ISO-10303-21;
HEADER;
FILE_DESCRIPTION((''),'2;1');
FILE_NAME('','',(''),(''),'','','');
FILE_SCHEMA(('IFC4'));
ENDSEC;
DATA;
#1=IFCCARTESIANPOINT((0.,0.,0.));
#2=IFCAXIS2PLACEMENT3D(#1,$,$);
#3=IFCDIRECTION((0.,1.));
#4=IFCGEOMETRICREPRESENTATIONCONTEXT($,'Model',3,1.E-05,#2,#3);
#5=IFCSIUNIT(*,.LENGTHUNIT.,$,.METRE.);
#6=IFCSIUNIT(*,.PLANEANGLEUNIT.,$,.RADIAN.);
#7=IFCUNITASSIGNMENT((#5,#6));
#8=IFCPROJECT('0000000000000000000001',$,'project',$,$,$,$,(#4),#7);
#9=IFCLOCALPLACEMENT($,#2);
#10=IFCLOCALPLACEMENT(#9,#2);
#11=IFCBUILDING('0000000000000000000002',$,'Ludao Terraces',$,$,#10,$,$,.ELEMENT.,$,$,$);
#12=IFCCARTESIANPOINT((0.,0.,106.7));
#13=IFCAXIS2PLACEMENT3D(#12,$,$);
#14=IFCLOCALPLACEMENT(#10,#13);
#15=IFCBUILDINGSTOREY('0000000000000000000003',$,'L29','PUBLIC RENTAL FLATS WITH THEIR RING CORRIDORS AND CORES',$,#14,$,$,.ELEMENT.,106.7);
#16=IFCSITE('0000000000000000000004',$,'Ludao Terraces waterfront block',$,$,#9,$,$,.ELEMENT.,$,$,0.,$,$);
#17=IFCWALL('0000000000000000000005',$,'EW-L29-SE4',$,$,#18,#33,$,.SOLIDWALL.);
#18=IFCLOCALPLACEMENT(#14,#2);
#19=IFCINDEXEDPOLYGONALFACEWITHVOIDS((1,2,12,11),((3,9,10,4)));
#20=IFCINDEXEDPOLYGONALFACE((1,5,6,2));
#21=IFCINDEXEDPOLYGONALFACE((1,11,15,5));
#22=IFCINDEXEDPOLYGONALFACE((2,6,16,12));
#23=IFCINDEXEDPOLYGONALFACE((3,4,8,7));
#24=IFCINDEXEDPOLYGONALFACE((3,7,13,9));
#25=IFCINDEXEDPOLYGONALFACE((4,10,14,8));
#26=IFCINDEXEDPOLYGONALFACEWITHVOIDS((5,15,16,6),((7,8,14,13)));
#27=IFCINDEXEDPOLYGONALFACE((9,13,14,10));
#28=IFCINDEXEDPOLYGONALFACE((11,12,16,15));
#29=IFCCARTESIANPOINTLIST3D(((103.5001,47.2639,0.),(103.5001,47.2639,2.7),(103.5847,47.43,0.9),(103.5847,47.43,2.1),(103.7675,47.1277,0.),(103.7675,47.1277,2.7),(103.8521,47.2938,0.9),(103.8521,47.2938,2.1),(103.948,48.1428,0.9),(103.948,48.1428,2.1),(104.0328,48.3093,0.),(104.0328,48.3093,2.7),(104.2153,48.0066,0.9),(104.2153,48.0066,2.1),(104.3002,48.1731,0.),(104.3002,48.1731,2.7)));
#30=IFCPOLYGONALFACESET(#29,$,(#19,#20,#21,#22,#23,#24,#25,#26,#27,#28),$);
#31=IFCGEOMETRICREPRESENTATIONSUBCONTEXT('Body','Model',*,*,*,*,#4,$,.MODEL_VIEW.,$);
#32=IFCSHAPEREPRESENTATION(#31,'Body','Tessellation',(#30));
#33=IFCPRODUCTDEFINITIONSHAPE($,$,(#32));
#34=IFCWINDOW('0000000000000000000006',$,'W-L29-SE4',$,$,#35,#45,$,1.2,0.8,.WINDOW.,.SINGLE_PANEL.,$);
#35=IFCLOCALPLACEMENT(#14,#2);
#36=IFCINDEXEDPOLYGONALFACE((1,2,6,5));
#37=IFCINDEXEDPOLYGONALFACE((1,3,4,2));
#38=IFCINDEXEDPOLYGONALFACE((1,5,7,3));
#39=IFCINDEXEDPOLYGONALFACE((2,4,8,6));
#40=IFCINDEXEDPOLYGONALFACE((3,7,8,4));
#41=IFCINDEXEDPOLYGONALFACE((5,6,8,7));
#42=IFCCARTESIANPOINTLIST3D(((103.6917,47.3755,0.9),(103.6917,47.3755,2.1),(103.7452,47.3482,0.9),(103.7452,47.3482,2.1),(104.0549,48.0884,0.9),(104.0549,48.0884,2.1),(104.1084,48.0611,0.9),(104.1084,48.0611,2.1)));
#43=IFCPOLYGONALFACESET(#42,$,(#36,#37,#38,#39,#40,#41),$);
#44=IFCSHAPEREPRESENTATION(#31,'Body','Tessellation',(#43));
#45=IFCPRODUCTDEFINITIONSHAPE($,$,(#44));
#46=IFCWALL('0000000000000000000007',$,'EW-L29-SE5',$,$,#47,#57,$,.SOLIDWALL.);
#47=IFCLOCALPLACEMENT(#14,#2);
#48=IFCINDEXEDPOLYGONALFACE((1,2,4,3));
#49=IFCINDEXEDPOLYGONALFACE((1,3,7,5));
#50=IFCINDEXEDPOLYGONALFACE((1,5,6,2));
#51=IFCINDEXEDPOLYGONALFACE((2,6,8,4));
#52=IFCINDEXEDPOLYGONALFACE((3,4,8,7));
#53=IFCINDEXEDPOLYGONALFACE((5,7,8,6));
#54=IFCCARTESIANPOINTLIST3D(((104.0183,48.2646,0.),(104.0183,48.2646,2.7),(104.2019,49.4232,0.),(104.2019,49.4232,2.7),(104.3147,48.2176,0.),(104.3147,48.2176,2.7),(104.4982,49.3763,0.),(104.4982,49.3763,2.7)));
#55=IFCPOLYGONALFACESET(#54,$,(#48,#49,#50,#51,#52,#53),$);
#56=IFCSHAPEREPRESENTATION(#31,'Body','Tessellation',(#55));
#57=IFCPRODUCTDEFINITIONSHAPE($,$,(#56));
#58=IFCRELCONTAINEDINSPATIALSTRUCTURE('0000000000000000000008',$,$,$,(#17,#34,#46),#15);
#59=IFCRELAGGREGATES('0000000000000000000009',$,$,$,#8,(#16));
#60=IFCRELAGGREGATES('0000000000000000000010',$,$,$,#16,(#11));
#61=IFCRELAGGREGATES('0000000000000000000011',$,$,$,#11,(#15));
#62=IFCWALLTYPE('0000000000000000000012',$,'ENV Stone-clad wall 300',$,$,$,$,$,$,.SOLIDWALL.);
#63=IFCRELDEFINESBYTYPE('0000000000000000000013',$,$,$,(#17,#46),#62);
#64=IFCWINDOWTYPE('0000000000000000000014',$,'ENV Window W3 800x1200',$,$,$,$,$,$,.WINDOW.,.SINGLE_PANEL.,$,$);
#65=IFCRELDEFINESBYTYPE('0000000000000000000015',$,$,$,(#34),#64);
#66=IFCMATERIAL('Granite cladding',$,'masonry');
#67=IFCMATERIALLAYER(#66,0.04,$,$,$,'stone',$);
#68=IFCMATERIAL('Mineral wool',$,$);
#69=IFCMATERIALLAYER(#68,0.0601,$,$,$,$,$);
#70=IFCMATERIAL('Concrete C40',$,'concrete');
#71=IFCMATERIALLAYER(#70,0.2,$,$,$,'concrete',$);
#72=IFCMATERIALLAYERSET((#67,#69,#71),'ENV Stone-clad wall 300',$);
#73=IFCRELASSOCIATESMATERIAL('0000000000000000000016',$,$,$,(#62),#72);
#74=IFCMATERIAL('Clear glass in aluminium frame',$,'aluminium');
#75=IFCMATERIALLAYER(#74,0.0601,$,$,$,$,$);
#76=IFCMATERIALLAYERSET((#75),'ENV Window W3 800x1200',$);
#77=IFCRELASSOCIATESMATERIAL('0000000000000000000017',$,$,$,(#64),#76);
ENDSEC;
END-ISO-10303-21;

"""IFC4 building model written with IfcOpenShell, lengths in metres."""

from ifc_helpers import new_model, si_unit, direction, frame, frame_2d, origin, place, context, subcontext, project, spatial, rectangle, extrude, material, layer, layer_set, type_object, element, fill, save


model = new_model("IFC4")

# Units and contexts
model_context = context("Model", 3, precision=1e-05, world=origin(), true_north=direction((0.0, 1.0)))
body_context = subcontext(model_context, "Body", "Model", "MODEL_VIEW")
ifc_project = project(units=[si_unit("LENGTHUNIT", "METRE"), si_unit("PLANEANGLEUNIT", "RADIAN")], contexts=[model_context])

# Site, building, storey
site_placement = place(None, origin())
site = spatial("IfcSite", under=ifc_project, at=site_placement, Name="Ludao Terraces waterfront block", CompositionType="ELEMENT", RefElevation=0.0)
building_placement = place(site_placement, origin())
building = spatial("IfcBuilding", under=site, at=building_placement, Name="Ludao Terraces", CompositionType="ELEMENT")
storey_placement = place(building_placement, frame((0.0, 0.0, 106.7)))
storey = spatial("IfcBuildingStorey", under=building, at=storey_placement, Name="L29", Description="PUBLIC RENTAL FLATS WITH THEIR RING CORRIDORS AND CORES", CompositionType="ELEMENT", Elevation=106.7)

# Shared definitions
ifc_material_1 = material(Name="Concrete C40", Category="concrete")

# Wall, opening, window
ifc_material_2 = material(Name="Granite cladding", Category="masonry")
ifc_layer_1 = layer(ifc_material_2, 0.04, Category="stone")
ifc_material_3 = material(Name="Mineral wool")
ifc_layer_2 = layer(ifc_material_3, 0.0601)
ifc_layer_3 = layer(ifc_material_1, 0.2, Category="concrete")
ifc_layer_set_1 = layer_set([ifc_layer_1, ifc_layer_2, ifc_layer_3], Name="ENV Stone-clad wall 300")
wall_type_1 = type_object("IfcWallType", Name="ENV Stone-clad wall 300", PredefinedType="SOLIDWALL", material=ifc_layer_set_1)
ifc_material_4 = material(Name="Clear glass in aluminium frame", Category="aluminium")
ifc_layer_4 = layer(ifc_material_4, 0.0601)
ifc_layer_set_2 = layer_set([ifc_layer_4], Name="ENV Window W3 800x1200")
window_type_1 = type_object("IfcWindowType", Name="ENV Window W3 800x1200", PartitioningType="SINGLE_PANEL", PredefinedType="WINDOW", material=ifc_layer_set_2)
wall_1_placement = place(storey_placement, frame((103.6338, 47.1958, 0.0), z_axis=(0.0, 0.0, 1.0), x_axis=(0.454026, 0.890989, 0.0)))
wall_1 = element("IfcWall", 1, at=wall_1_placement, inside=storey, type_object=wall_type_1, Name="EW-L29-SE4", PredefinedType="SOLIDWALL", context=body_context, shape_type="SweptSolid", body=[
    extrude(rectangle(XDim=1.1733, YDim=0.3, at=frame_2d((0.5867, 0.0))), origin(), (0.0, 0.0, 1.0), 2.7),
])
opening_1_placement = place(wall_1_placement, frame((0.1865, 0.0, 0.8999)))
opening_1 = element("IfcOpeningElement", 2, at=opening_1_placement, cuts=wall_1, PredefinedType="OPENING", context=body_context, shape_type="SweptSolid", body=[
    extrude(rectangle(XDim=0.8, YDim=1.2, at=frame_2d((0.3999, 0.6001))), frame((0.0, 0.1602, 0.0), z_axis=(0.0, -1.0, 0.0), x_axis=(1.0, 0.0, 0.0)), (0.0, 0.0, 1.0), 0.3201),
])
window_1_placement = place(opening_1_placement, origin())
window_1 = element("IfcWindow", 3, at=window_1_placement, inside=storey, type_object=window_type_1, Name="W-L29-SE4", OverallHeight=1.2, OverallWidth=0.8, PartitioningType="SINGLE_PANEL", PredefinedType="WINDOW", context=body_context, shape_type="SweptSolid", body=[
    extrude(rectangle(XDim=0.8, YDim=1.2, at=frame_2d((0.3999, 0.6001))), frame((0.0, 0.03, 0.0), z_axis=(0.0, -1.0, 0.0), x_axis=(1.0, 0.0, 0.0)), (0.0, 0.0, 1.0), 0.0601),
])
fill(opening_1, window_1)

# Wall
wall_2_placement = place(storey_placement, frame((104.1665, 48.2412, 0.0), z_axis=(0.0, 0.0, 1.0), x_axis=(0.156497, 0.987678, 0.0)))
element("IfcWall", 4, at=wall_2_placement, inside=storey, type_object=wall_type_1, Name="EW-L29-SE5", PredefinedType="SOLIDWALL", context=body_context, shape_type="SweptSolid", body=[
    extrude(rectangle(XDim=1.1731, YDim=0.3, at=frame_2d((0.5864, 0.0))), origin(), (0.0, 0.0, 1.0), 2.7),
])

save(model, "model.ifc")
